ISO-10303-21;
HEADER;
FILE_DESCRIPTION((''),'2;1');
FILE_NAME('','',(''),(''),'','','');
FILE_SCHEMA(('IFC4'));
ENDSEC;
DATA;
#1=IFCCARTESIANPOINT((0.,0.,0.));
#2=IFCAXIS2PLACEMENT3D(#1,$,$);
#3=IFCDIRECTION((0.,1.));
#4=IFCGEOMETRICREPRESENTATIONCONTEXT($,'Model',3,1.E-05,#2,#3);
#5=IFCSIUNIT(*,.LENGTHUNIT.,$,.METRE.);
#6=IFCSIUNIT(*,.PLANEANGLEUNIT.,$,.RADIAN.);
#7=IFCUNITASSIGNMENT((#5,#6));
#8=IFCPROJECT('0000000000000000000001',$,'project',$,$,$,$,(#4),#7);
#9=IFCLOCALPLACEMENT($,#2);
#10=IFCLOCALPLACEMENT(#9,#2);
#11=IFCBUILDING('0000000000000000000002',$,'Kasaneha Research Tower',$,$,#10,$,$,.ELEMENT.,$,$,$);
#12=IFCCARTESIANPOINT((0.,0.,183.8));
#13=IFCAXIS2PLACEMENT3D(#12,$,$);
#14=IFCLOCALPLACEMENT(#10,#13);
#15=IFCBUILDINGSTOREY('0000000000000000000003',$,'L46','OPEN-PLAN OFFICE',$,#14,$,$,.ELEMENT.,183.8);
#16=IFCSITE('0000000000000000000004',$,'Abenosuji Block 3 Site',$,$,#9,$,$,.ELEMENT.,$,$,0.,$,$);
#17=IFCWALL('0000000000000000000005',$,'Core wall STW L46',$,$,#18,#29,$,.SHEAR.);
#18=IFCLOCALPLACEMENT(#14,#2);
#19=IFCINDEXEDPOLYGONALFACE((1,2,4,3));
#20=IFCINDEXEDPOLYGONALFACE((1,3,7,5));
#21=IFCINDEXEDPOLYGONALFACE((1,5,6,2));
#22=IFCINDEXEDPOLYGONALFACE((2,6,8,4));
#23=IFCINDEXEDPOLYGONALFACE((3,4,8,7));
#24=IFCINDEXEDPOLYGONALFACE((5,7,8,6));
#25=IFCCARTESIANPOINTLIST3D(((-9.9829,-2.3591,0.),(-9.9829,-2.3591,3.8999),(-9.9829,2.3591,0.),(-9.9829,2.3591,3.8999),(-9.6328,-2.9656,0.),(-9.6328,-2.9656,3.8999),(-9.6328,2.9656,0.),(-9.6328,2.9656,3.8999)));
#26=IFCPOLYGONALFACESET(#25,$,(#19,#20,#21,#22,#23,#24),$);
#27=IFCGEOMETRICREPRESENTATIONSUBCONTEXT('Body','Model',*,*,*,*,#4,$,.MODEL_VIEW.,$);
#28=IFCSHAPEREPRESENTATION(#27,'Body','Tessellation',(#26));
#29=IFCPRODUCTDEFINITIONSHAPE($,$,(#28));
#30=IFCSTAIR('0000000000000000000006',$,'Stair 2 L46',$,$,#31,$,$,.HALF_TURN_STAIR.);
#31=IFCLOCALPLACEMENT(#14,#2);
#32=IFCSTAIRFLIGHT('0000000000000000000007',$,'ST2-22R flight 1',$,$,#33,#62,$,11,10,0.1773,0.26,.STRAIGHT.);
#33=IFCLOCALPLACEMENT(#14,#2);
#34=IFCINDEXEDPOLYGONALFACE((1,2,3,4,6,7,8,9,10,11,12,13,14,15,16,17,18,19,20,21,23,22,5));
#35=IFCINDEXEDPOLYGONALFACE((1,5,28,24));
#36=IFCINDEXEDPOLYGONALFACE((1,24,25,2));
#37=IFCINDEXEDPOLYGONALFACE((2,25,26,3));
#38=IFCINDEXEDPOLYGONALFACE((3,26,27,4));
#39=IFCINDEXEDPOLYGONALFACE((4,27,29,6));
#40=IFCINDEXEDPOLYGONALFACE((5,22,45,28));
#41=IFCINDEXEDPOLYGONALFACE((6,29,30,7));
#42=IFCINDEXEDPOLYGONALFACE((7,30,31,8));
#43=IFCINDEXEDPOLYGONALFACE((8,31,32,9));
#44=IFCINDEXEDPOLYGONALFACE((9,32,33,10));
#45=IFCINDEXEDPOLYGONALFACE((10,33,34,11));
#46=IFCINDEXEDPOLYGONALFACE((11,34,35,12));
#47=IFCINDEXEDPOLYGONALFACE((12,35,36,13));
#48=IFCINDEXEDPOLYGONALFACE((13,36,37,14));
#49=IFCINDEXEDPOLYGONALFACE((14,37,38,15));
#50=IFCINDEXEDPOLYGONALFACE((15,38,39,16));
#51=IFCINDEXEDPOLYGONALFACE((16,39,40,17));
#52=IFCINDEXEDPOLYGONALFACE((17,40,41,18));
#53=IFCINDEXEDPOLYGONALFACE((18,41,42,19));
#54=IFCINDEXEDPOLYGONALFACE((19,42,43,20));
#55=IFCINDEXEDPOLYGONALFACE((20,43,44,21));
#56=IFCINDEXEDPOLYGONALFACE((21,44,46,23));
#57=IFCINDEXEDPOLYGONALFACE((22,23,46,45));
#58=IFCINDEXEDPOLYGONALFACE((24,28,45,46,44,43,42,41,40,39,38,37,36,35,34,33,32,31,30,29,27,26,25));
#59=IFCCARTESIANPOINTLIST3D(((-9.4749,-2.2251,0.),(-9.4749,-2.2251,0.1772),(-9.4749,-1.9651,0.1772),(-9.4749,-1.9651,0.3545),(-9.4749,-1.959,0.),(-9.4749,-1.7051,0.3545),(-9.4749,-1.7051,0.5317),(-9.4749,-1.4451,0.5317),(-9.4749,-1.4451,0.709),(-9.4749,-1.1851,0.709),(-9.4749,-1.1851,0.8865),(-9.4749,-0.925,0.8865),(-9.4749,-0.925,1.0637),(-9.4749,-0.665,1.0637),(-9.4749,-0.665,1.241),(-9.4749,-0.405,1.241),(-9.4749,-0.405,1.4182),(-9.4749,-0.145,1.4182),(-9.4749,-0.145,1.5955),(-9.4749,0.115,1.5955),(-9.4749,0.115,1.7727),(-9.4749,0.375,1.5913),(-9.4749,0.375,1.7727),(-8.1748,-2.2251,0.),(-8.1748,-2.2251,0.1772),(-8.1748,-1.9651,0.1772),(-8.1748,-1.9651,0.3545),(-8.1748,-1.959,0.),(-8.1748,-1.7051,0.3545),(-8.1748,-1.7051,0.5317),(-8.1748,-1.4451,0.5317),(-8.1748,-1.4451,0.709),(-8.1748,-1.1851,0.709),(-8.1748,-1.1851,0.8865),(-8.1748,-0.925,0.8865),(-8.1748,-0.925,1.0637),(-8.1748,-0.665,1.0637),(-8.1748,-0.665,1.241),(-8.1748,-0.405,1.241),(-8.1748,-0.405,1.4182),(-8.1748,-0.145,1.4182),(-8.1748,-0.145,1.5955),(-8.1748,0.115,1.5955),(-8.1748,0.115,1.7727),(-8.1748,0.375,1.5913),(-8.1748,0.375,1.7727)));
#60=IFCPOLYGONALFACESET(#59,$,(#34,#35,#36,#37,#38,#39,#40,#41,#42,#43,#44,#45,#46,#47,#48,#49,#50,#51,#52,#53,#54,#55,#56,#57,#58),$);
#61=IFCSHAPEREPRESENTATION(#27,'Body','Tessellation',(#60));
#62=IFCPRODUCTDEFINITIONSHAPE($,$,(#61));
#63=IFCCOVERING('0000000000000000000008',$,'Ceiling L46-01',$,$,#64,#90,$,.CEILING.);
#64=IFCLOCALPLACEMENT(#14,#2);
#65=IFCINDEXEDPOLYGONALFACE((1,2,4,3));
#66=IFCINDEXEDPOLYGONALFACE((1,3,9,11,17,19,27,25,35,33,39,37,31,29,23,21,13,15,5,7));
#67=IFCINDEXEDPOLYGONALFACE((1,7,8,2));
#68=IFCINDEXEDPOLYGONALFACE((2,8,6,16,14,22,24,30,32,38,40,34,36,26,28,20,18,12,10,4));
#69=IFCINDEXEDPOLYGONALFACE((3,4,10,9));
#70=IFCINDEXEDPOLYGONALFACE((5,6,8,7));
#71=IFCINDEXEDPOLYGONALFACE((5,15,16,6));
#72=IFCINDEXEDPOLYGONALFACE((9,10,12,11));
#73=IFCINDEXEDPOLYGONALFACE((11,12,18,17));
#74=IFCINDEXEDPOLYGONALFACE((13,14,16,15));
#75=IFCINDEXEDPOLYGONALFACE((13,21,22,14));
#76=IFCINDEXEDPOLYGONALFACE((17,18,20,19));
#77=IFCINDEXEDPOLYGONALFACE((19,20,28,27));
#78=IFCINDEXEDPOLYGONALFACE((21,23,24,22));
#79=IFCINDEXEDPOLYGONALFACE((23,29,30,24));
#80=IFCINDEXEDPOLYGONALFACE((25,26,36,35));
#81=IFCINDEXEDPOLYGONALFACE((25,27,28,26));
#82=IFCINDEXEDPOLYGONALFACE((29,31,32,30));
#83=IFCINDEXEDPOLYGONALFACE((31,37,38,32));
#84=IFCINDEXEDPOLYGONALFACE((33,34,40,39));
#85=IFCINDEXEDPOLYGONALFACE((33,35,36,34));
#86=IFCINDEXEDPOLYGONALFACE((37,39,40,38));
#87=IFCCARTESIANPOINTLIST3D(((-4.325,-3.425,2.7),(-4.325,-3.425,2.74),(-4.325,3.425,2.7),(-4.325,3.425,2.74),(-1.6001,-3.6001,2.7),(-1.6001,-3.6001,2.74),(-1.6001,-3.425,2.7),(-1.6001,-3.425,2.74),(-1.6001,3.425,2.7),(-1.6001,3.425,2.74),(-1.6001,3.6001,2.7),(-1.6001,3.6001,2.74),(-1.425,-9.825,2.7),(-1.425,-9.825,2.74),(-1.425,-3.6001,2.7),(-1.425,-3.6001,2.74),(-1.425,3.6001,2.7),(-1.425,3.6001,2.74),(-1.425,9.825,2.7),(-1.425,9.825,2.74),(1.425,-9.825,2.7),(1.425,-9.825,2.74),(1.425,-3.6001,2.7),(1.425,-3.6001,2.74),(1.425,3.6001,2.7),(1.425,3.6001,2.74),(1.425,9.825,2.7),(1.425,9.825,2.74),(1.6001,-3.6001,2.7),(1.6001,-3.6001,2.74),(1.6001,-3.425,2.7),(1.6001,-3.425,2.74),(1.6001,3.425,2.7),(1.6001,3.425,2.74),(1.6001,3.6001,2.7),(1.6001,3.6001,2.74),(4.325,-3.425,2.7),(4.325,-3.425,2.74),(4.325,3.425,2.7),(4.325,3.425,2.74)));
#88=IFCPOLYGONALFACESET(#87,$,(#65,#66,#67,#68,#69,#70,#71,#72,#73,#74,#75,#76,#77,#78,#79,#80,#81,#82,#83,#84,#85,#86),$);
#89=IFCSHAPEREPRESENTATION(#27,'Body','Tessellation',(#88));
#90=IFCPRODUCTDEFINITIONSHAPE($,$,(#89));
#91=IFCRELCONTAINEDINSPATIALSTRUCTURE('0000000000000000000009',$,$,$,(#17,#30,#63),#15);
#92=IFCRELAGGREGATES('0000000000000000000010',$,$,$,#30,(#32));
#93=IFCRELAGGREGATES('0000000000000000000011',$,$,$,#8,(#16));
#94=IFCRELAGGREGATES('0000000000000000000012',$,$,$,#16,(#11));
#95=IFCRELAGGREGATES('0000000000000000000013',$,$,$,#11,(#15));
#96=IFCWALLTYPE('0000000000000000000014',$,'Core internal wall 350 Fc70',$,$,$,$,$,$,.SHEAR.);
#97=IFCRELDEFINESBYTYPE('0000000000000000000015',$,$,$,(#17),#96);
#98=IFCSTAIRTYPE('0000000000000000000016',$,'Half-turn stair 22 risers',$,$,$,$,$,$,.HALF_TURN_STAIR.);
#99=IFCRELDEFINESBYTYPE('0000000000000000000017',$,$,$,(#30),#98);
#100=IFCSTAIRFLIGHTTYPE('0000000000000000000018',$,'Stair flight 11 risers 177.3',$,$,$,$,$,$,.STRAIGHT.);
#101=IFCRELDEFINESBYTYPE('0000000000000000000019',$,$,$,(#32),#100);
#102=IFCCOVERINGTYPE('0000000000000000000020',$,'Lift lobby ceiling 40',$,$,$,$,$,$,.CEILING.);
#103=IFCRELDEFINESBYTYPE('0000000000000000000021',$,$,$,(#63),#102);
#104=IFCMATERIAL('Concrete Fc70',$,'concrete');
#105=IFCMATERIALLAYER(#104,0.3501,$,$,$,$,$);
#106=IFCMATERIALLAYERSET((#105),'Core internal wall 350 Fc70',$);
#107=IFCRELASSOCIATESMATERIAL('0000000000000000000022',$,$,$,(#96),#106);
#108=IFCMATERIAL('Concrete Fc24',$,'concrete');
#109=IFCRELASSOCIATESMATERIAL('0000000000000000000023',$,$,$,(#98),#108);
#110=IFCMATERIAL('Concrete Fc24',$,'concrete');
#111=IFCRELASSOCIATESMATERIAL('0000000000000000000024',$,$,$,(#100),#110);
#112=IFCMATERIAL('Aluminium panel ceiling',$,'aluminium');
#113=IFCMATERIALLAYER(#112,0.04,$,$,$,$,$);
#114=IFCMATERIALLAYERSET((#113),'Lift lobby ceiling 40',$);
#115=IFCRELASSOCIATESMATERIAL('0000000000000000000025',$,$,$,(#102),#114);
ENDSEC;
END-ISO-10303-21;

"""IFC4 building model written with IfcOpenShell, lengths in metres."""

from ifc_helpers import new_model, si_unit, direction, frame, origin, place, context, subcontext, project, spatial, polyline, outline, extrude, material, layer, layer_set, type_object, element, aggregate, save


model = new_model("IFC4")

# Units and contexts
model_context = context("Model", 3, precision=1e-05, world=origin(), true_north=direction((0.0, 1.0)))
body_context = subcontext(model_context, "Body", "Model", "MODEL_VIEW")
ifc_project = project(units=[si_unit("LENGTHUNIT", "METRE"), si_unit("PLANEANGLEUNIT", "RADIAN")], contexts=[model_context])

# Site, building, storey
site_placement = place(None, origin())
site = spatial("IfcSite", under=ifc_project, at=site_placement, Name="Abenosuji Block 3 Site", CompositionType="ELEMENT", RefElevation=0.0)
building_placement = place(site_placement, origin())
building = spatial("IfcBuilding", under=site, at=building_placement, Name="Kasaneha Research Tower", CompositionType="ELEMENT")
storey_placement = place(building_placement, frame((0.0, 0.0, 183.8)))
storey = spatial("IfcBuildingStorey", under=building, at=storey_placement, Name="L46", Description="OPEN-PLAN OFFICE", CompositionType="ELEMENT", Elevation=183.8)

# Shared definitions
ifc_material_1 = material(Name="Concrete Fc70", Category="concrete")
ifc_layer_1 = layer(ifc_material_1, 0.3501)
ifc_layer_set_1 = layer_set([ifc_layer_1], Name="Core internal wall 350 Fc70")
wall_type = type_object("IfcWallType", Name="Core internal wall 350 Fc70", PredefinedType="SHEAR", material=ifc_layer_set_1)

# Wall
wall_1_placement = place(storey_placement, frame((-9.8079, -2.6624, 0.0), z_axis=(0.0, 0.0, 1.0), x_axis=(0.0, 1.0, 0.0)))
element("IfcWall", 1, at=wall_1_placement, inside=storey, type_object=wall_type, Name="Core wall STW L46", PredefinedType="SHEAR", context=body_context, shape_type="SweptSolid", body=[
    extrude(outline(polyline([(-0.3032, -0.175), (5.6279, -0.175), (5.0215, 0.175), (0.3032, 0.175), (-0.3032, -0.175)])), origin(), (0.0, 0.0, 1.0), 3.8999),
])

# Stair, stair flight
ifc_material_2 = material(Name="Concrete Fc24", Category="concrete")
stair_type = type_object("IfcStairType", Name="Half-turn stair 22 risers", PredefinedType="HALF_TURN_STAIR", material=ifc_material_2)
stair_placement = place(storey_placement, origin())
stair = element("IfcStair", 2, at=stair_placement, inside=storey, type_object=stair_type, Name="Stair 2 L46", PredefinedType="HALF_TURN_STAIR")
ifc_material_3 = material(Name="Concrete Fc24", Category="concrete")
stair_flight_type = type_object("IfcStairFlightType", Name="Stair flight 11 risers 177.3", PredefinedType="STRAIGHT", material=ifc_material_3)
stair_flight_placement = place(storey_placement, frame((-8.825, -2.2251, 0.0), z_axis=(0.0, 0.0, 1.0), x_axis=(0.0, 1.0, 0.0)))
stair_flight = element("IfcStairFlight", 3, at=stair_flight_placement, type_object=stair_flight_type, Name="ST2-22R flight 1", NumberOfRisers=11, NumberOfTreads=10, PredefinedType="STRAIGHT", RiserHeight=0.1773, TreadLength=0.26, context=body_context, shape_type="SweptSolid", body=[
    extrude(outline(polyline([(0.0, 0.0), (0.0, 0.1772), (0.26, 0.1772), (0.26, 0.3545), (0.52, 0.3545), (0.52, 0.5317), (0.78, 0.5317), (0.78, 0.709), (1.04, 0.709), (1.04, 0.8865), (1.3, 0.8865), (1.3, 1.0637), (1.5601, 1.0637), (1.5601, 1.241), (1.8201, 1.241), (1.8201, 1.4182), (2.0801, 1.4182), (2.0801, 1.5955), (2.3401, 1.5955), (2.3401, 1.7727), (2.6001, 1.7727), (2.6001, 1.95), (2.6001, 1.5913), (0.2661, 0.0), (0.0, 0.0)])), frame((0.0, 0.6499, 0.0), z_axis=(0.0, -1.0, 0.0), x_axis=(1.0, 0.0, 0.0)), (0.0, 0.0, 1.0), 1.3),
])
aggregate(stair, [stair_flight])

# Covering
ifc_material_4 = material(Name="Aluminium panel ceiling", Category="aluminium")
ifc_layer_2 = layer(ifc_material_4, 0.04)
ifc_layer_set_2 = layer_set([ifc_layer_2], Name="Lift lobby ceiling 40")
covering_type_1 = type_object("IfcCoveringType", Name="Lift lobby ceiling 40", PredefinedType="CEILING", material=ifc_layer_set_2)
covering_1_placement = place(storey_placement, frame((0.0, 0.0, 2.7)))
element("IfcCovering", 4, at=covering_1_placement, inside=storey, type_object=covering_type_1, Name="Ceiling L46-01", PredefinedType="CEILING", context=body_context, shape_type="SweptSolid", body=[
    extrude(outline(polyline([(1.425, 9.825), (1.425, 3.6001), (1.6001, 3.6001), (1.6001, 3.425), (4.325, 3.425), (4.325, -3.425), (1.6001, -3.425), (1.6001, -3.6001), (1.425, -3.6001), (1.425, -9.825), (-1.425, -9.825), (-1.425, -3.6001), (-1.6001, -3.6001), (-1.6001, -3.425), (-4.325, -3.425), (-4.325, 3.425), (-1.6001, 3.425), (-1.6001, 3.6001), (-1.425, 3.6001), (-1.425, 9.825), (1.425, 9.825)])), origin(), (0.0, 0.0, 1.0), 0.04),
])

save(model, "model.ifc")
